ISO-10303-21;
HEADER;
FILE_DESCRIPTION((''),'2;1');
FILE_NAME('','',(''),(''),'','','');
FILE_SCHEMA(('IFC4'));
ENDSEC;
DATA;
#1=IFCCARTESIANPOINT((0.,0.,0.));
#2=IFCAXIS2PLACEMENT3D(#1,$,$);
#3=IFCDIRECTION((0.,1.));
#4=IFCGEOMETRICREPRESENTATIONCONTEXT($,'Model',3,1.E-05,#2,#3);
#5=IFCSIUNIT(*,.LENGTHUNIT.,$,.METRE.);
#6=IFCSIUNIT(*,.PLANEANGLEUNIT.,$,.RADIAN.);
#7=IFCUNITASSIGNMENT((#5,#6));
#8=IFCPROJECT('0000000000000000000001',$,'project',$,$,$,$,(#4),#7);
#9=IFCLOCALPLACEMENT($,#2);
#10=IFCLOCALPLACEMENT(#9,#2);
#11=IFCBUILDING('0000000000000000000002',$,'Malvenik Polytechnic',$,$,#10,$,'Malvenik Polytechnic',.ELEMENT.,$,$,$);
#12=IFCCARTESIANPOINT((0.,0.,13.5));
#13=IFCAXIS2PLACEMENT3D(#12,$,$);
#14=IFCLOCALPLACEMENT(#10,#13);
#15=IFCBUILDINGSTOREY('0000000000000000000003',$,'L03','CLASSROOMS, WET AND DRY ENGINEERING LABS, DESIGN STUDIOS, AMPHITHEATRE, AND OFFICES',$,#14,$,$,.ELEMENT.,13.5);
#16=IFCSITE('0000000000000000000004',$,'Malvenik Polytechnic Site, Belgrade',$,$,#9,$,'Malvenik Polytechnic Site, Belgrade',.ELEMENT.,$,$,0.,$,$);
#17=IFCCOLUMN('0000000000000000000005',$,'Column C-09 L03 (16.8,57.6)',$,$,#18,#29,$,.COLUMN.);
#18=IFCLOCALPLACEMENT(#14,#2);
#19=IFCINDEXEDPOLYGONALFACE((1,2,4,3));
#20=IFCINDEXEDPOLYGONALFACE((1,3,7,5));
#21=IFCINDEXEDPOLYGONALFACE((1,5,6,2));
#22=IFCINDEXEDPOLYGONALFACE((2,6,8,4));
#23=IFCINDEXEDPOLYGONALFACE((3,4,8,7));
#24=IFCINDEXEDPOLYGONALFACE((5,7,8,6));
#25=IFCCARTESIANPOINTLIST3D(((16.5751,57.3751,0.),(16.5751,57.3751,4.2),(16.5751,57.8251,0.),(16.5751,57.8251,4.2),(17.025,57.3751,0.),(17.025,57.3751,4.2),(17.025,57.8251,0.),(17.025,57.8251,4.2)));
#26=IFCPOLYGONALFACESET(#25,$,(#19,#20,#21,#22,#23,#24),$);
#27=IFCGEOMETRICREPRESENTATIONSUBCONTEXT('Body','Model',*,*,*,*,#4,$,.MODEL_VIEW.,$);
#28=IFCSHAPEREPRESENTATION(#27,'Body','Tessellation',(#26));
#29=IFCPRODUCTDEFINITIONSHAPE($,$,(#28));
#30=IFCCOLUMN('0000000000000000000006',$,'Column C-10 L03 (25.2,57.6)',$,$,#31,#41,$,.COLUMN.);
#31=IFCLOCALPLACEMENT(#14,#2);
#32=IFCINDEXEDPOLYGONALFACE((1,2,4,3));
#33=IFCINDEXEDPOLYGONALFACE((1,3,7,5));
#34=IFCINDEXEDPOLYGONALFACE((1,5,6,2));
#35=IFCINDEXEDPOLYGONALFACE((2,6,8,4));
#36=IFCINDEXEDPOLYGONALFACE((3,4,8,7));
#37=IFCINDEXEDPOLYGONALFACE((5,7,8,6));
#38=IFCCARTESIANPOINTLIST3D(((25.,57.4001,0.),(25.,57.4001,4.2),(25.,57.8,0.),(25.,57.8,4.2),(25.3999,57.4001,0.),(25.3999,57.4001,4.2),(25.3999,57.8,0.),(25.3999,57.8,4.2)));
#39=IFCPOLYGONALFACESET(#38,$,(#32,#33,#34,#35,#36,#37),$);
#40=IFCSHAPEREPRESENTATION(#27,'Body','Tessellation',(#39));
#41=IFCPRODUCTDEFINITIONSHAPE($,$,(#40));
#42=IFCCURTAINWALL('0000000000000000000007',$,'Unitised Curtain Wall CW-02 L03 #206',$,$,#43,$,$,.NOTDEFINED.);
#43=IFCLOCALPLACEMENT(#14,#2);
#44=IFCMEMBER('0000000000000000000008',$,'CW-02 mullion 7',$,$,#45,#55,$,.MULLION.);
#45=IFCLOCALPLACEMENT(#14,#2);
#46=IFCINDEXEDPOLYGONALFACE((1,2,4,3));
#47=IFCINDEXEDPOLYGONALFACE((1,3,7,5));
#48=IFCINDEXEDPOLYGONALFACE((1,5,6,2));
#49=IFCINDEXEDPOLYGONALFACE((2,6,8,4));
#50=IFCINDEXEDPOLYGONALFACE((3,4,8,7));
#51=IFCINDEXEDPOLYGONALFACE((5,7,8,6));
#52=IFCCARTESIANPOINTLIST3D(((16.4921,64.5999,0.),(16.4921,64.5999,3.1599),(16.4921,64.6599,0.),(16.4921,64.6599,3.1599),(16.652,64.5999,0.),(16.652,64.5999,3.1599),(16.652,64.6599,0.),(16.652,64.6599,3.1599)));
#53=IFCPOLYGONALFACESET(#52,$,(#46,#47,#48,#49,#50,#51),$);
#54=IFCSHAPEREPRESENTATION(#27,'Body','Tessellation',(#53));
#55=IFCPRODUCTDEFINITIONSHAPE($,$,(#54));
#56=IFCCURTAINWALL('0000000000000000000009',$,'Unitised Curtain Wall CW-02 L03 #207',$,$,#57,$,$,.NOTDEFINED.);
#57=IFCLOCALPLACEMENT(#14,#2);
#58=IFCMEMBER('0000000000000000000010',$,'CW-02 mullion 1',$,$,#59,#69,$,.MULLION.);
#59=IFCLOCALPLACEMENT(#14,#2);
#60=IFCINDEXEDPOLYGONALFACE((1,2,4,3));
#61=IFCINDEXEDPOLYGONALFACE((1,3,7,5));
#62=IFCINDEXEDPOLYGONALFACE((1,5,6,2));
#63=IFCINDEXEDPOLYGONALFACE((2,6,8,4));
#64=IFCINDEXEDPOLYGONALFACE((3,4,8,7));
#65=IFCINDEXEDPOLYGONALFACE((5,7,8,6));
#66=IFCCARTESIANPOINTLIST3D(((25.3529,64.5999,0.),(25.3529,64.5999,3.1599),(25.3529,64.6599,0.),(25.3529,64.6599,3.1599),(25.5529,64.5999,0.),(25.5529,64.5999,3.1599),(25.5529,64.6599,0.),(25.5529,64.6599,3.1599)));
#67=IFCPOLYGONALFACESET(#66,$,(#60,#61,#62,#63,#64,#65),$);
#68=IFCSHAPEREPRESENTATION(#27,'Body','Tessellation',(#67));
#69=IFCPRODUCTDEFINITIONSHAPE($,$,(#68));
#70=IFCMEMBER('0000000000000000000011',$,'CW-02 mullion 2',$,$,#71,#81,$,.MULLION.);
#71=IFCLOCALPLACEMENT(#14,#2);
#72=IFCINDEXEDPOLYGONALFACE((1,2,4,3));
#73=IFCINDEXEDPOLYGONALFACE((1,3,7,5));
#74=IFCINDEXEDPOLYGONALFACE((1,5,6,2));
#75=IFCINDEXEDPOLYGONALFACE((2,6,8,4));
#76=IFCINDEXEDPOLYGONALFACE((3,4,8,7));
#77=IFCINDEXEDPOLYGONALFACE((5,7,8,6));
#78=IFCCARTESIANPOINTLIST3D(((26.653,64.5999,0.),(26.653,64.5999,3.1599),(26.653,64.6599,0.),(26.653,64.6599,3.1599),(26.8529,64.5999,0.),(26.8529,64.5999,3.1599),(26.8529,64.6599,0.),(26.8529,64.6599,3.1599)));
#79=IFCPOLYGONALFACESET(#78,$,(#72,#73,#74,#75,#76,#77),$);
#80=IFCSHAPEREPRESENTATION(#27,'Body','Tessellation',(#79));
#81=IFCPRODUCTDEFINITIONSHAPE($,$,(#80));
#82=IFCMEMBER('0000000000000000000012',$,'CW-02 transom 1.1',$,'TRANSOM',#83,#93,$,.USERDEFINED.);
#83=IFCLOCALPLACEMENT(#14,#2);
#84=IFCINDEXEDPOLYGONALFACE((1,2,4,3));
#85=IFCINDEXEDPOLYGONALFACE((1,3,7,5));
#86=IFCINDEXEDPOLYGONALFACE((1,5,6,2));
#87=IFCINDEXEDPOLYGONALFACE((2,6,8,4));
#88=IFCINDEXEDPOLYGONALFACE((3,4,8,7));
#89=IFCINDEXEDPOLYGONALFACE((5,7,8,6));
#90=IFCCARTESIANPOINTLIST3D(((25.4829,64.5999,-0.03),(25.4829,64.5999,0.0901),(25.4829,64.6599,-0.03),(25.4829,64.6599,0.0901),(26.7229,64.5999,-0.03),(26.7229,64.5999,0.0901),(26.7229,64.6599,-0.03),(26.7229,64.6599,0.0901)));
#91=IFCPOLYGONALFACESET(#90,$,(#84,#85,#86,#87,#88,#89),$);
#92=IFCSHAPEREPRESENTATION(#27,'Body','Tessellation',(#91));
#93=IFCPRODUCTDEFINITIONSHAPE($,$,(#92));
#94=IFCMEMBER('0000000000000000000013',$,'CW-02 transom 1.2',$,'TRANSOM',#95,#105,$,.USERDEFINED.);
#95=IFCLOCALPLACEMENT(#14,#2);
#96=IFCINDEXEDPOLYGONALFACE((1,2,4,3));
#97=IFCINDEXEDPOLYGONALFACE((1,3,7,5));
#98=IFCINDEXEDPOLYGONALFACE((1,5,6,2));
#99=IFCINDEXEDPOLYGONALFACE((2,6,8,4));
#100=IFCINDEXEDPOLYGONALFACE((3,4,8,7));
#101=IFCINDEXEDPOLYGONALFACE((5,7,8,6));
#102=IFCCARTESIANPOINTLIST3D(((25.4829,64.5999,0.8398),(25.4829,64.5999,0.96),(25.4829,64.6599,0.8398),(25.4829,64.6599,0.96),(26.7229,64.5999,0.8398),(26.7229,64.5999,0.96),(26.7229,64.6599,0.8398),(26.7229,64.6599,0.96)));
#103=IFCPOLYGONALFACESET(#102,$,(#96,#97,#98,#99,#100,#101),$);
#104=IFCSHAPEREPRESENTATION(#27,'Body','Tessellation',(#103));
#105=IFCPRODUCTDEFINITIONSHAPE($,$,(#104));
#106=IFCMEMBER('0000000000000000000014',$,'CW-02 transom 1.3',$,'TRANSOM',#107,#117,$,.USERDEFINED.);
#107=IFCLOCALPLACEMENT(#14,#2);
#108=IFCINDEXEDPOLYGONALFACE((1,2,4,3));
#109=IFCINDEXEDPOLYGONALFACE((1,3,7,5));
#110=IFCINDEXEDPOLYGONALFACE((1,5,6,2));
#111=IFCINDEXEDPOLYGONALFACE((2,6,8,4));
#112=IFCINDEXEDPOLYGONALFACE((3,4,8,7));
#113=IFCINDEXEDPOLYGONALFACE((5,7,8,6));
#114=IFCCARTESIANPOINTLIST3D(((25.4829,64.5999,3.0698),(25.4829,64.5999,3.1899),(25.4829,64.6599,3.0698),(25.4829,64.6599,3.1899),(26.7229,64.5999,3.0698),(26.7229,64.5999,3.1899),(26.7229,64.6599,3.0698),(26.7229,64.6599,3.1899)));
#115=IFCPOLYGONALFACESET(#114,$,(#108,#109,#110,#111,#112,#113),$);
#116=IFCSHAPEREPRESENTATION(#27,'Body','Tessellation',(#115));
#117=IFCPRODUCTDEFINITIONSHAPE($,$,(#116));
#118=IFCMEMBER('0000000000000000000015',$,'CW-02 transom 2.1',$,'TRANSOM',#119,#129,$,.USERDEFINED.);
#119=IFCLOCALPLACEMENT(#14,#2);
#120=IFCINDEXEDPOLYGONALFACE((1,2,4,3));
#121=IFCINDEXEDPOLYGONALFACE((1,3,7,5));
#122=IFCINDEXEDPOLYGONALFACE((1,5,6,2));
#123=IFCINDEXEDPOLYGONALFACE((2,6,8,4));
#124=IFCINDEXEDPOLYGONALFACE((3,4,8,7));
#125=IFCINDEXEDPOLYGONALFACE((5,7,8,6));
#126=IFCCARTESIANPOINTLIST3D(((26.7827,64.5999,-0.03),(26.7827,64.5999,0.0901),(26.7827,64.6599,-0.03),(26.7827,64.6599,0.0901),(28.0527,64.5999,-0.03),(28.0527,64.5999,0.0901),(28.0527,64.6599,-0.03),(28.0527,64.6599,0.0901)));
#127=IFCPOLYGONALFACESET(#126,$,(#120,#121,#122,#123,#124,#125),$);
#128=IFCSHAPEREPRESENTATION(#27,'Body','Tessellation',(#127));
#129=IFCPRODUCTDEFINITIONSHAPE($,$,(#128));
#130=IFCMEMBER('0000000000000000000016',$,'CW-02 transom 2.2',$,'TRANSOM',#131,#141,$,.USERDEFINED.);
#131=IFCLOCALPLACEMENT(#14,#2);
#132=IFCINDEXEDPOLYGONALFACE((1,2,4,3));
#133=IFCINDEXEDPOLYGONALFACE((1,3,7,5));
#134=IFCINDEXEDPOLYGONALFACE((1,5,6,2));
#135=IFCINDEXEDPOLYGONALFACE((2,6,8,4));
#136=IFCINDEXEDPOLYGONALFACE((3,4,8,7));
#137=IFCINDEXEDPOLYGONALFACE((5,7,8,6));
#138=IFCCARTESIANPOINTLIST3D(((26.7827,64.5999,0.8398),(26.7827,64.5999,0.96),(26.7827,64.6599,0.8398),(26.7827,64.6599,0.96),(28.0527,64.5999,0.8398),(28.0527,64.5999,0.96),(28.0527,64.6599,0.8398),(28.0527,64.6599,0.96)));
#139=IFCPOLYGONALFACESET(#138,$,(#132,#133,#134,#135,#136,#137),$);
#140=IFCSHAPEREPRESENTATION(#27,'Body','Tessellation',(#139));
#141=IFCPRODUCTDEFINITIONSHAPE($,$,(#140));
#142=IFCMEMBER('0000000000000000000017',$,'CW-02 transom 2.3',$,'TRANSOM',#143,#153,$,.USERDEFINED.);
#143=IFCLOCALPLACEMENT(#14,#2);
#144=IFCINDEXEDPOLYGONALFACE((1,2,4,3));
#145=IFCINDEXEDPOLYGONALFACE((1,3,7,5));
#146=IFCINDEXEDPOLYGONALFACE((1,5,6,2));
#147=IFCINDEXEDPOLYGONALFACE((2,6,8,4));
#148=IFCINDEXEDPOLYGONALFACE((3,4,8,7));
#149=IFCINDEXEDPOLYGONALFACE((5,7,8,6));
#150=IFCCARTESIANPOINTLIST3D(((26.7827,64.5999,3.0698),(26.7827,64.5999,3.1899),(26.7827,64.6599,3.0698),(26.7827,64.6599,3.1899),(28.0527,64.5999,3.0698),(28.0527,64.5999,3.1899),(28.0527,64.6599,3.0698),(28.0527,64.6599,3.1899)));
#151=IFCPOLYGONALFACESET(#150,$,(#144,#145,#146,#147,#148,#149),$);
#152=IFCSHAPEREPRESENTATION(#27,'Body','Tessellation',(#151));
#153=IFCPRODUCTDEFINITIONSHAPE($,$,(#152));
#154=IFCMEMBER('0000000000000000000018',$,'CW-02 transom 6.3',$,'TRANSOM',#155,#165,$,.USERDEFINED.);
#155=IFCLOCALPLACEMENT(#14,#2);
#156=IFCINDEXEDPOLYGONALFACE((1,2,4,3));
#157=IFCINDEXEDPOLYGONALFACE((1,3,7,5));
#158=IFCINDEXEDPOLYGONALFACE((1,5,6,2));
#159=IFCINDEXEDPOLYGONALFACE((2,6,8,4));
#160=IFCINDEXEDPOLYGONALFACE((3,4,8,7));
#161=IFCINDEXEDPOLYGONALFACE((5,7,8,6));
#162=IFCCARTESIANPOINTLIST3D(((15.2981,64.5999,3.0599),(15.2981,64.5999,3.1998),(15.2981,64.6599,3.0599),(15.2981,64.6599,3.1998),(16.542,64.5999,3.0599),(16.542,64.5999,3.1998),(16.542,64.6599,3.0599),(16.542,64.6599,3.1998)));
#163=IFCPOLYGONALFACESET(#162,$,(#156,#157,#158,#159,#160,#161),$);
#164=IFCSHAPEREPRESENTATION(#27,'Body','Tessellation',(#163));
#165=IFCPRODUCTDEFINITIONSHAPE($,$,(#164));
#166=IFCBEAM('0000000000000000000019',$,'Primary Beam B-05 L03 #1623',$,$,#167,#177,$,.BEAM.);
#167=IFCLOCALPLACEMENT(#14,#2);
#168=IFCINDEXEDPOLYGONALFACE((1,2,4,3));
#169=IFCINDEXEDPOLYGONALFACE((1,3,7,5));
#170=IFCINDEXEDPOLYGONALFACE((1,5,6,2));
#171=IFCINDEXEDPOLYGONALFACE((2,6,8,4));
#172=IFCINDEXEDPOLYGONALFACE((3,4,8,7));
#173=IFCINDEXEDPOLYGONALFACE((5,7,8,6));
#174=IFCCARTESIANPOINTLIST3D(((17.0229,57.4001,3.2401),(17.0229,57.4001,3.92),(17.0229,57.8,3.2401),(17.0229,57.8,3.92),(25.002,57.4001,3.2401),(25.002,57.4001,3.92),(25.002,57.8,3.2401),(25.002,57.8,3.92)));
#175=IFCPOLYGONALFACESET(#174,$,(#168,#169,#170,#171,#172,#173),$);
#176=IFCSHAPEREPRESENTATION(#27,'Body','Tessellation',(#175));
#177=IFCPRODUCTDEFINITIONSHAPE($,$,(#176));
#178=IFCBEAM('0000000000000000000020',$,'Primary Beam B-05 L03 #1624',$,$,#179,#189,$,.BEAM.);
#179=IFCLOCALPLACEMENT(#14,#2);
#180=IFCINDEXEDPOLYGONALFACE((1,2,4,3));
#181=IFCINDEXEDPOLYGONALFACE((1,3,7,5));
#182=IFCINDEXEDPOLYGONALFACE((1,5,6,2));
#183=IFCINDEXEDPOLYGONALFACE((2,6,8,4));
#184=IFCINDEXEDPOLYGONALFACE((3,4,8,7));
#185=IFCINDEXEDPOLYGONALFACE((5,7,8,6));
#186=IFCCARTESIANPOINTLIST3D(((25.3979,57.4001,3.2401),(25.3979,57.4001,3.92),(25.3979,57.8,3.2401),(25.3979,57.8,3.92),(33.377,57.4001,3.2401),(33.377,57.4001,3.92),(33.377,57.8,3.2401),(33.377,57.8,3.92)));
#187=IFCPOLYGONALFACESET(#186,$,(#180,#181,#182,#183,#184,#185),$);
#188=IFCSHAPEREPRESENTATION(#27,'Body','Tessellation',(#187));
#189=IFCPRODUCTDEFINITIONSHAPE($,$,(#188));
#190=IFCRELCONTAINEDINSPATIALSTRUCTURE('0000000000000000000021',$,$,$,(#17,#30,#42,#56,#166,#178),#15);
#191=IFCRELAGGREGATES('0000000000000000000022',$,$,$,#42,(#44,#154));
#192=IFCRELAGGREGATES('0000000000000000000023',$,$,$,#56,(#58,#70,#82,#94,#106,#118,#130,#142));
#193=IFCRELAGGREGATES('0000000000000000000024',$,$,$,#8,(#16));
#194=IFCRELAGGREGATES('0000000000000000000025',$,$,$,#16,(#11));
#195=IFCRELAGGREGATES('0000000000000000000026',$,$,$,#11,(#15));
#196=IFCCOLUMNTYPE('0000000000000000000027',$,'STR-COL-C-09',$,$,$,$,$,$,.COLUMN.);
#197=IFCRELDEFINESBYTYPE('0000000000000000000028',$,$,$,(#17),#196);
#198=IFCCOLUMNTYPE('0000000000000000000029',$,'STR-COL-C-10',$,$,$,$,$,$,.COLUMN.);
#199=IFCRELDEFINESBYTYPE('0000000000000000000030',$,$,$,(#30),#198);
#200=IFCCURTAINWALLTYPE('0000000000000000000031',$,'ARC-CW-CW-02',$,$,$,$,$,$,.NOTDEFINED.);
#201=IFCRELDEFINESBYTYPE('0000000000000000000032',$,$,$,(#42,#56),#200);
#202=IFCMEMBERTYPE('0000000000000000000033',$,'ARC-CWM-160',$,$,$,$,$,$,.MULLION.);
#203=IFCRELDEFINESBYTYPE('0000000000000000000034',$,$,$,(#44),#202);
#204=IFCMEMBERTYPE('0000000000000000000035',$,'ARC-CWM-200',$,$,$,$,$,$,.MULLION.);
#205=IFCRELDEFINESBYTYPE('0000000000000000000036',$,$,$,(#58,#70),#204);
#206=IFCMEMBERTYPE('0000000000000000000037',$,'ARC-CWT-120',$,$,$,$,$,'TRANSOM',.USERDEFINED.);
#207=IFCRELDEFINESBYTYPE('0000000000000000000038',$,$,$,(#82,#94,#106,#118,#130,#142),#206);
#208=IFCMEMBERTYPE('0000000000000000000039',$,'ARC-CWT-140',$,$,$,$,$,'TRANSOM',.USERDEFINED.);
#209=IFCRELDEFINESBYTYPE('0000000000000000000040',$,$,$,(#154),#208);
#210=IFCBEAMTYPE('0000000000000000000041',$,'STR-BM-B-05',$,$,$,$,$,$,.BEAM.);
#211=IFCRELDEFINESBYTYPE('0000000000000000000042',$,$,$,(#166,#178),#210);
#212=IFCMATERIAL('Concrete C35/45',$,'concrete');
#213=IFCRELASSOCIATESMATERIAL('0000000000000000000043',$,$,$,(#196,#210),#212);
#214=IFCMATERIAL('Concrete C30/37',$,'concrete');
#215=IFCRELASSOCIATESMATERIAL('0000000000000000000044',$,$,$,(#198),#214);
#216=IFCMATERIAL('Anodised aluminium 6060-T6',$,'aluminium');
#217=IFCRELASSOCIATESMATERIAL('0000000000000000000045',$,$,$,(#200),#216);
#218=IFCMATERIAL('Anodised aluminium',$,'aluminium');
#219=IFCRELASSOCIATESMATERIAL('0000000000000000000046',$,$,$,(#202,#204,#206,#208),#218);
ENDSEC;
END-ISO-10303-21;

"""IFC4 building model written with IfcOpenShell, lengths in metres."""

from ifc_helpers import new_model, si_unit, direction, frame, origin, origin_2d, place, context, subcontext, project, spatial, rectangle, extrude, material, material_profile, profile_set, type_object, element, aggregate, save


model = new_model("IFC4")

# Units and contexts
model_context = context("Model", 3, precision=1e-05, world=origin(), true_north=direction((0.0, 1.0)))
body_context = subcontext(model_context, "Body", "Model", "MODEL_VIEW")
ifc_project = project(units=[si_unit("LENGTHUNIT", "METRE"), si_unit("PLANEANGLEUNIT", "RADIAN")], contexts=[model_context])

# Site, building, storey
site_placement = place(None, origin())
site = spatial("IfcSite", under=ifc_project, at=site_placement, Name="Malvenik Polytechnic Site, Belgrade", LongName="Malvenik Polytechnic Site, Belgrade", CompositionType="ELEMENT", RefElevation=0.0)
building_placement = place(site_placement, origin())
building = spatial("IfcBuilding", under=site, at=building_placement, Name="Malvenik Polytechnic", LongName="Malvenik Polytechnic", CompositionType="ELEMENT")
storey_placement = place(building_placement, frame((0.0, 0.0, 13.5)))
storey = spatial("IfcBuildingStorey", under=building, at=storey_placement, Name="L03", Description="CLASSROOMS, WET AND DRY ENGINEERING LABS, DESIGN STUDIOS, AMPHITHEATRE, AND OFFICES", CompositionType="ELEMENT", Elevation=13.5)

# Columns
ifc_material_1 = material(Name="Concrete C35/45", Category="concrete")
ifc_material_profile_1 = material_profile(ifc_material_1, rectangle(XDim=0.45, YDim=0.45, at=origin_2d()), Name="RC COL 450x450")
ifc_profile_set_1 = profile_set([ifc_material_profile_1], Name="Concrete C35/45")
column_type_1 = type_object("IfcColumnType", Name="STR-COL-C-09", PredefinedType="COLUMN", material=ifc_profile_set_1)
column_1_placement = place(storey_placement, frame((16.8, 57.6001, 0.0), z_axis=(0.0, 0.0, 1.0), x_axis=(1.0, 0.0, 0.0)))
element("IfcColumn", 1, at=column_1_placement, inside=storey, type_object=column_type_1, Name="Column C-09 L03 (16.8,57.6)", PredefinedType="COLUMN", context=body_context, shape_type="SweptSolid", body=[
    extrude(rectangle(XDim=0.45, YDim=0.45, at=origin_2d()), origin(), (0.0, 0.0, 1.0), 4.2),
])
ifc_material_2 = material(Name="Concrete C30/37", Category="concrete")
ifc_material_profile_2 = material_profile(ifc_material_2, rectangle(XDim=0.3999, YDim=0.3999, at=origin_2d()), Name="RC COL 400x400")
ifc_profile_set_2 = profile_set([ifc_material_profile_2], Name="Concrete C30/37")
column_type_2 = type_object("IfcColumnType", Name="STR-COL-C-10", PredefinedType="COLUMN", material=ifc_profile_set_2)
column_2_placement = place(storey_placement, frame((25.2, 57.6001, 0.0), z_axis=(0.0, 0.0, 1.0), x_axis=(1.0, 0.0, 0.0)))
element("IfcColumn", 2, at=column_2_placement, inside=storey, type_object=column_type_2, Name="Column C-10 L03 (25.2,57.6)", PredefinedType="COLUMN", context=body_context, shape_type="SweptSolid", body=[
    extrude(rectangle(XDim=0.3999, YDim=0.3999, at=origin_2d()), origin(), (0.0, 0.0, 1.0), 4.2),
])

# Curtain wall, member
ifc_material_3 = material(Name="Anodised aluminium 6060-T6", Category="aluminium")
curtain_wall_type = type_object("IfcCurtainWallType", Name="ARC-CW-CW-02", PredefinedType="NOTDEFINED", material=ifc_material_3)
curtain_wall_1_placement = place(storey_placement, origin())
curtain_wall_1 = element("IfcCurtainWall", 3, at=curtain_wall_1_placement, inside=storey, type_object=curtain_wall_type, Name="Unitised Curtain Wall CW-02 L03 #206", PredefinedType="NOTDEFINED")
ifc_material_4 = material(Name="Anodised aluminium", Category="aluminium")
ifc_material_profile_3 = material_profile(ifc_material_4, rectangle(XDim=0.0601, YDim=0.1599, at=origin_2d()), Name="ALU MULLION 60x160")
ifc_profile_set_3 = profile_set([ifc_material_profile_3], Name="Anodised aluminium")
member_type_1 = type_object("IfcMemberType", Name="ARC-CWM-160", PredefinedType="MULLION", material=ifc_profile_set_3)
member_1_placement = place(storey_placement, frame((16.572, 64.6299, 0.0), z_axis=(0.0, 0.0, 1.0), x_axis=(0.0, 1.0, 0.0)))
member_1 = element("IfcMember", 4, at=member_1_placement, type_object=member_type_1, Name="CW-02 mullion 7", PredefinedType="MULLION", context=body_context, shape_type="SweptSolid", body=[
    extrude(rectangle(XDim=0.0601, YDim=0.1599, at=origin_2d()), origin(), (0.0, 0.0, 1.0), 3.1599),
])

# Curtain wall, members
curtain_wall_2_placement = place(storey_placement, origin())
curtain_wall_2 = element("IfcCurtainWall", 5, at=curtain_wall_2_placement, inside=storey, type_object=curtain_wall_type, Name="Unitised Curtain Wall CW-02 L03 #207", PredefinedType="NOTDEFINED")
ifc_material_profile_4 = material_profile(ifc_material_4, rectangle(XDim=0.0601, YDim=0.2, at=origin_2d()), Name="ALU MULLION 60x200")
ifc_profile_set_4 = profile_set([ifc_material_profile_4], Name="Anodised aluminium")
member_type_2 = type_object("IfcMemberType", Name="ARC-CWM-200", PredefinedType="MULLION", material=ifc_profile_set_4)
member_2_placement = place(storey_placement, frame((25.4529, 64.6299, 0.0), z_axis=(0.0, 0.0, 1.0), x_axis=(0.0, 1.0, 0.0)))
member_2 = element("IfcMember", 6, at=member_2_placement, type_object=member_type_2, Name="CW-02 mullion 1", PredefinedType="MULLION", context=body_context, shape_type="SweptSolid", body=[
    extrude(rectangle(XDim=0.0601, YDim=0.2, at=origin_2d()), origin(), (0.0, 0.0, 1.0), 3.1599),
])
member_3_placement = place(storey_placement, frame((26.7529, 64.6299, 0.0), z_axis=(0.0, 0.0, 1.0), x_axis=(0.0, 1.0, 0.0)))
member_3 = element("IfcMember", 7, at=member_3_placement, type_object=member_type_2, Name="CW-02 mullion 2", PredefinedType="MULLION", context=body_context, shape_type="SweptSolid", body=[
    extrude(rectangle(XDim=0.0601, YDim=0.2, at=origin_2d()), origin(), (0.0, 0.0, 1.0), 3.1599),
])
ifc_material_profile_5 = material_profile(ifc_material_4, rectangle(XDim=0.0601, YDim=0.1201, at=origin_2d()), Name="ALU TRANSOM 60x120")
ifc_profile_set_5 = profile_set([ifc_material_profile_5], Name="Anodised aluminium")
member_type_3 = type_object("IfcMemberType", Name="ARC-CWT-120", ElementType="TRANSOM", PredefinedType="USERDEFINED", material=ifc_profile_set_5)
member_4_placement = place(storey_placement, frame((25.4829, 64.6299, 0.03), z_axis=(1.0, 0.0, 0.0), x_axis=(0.0, 1.0, 0.0)))
member_4 = element("IfcMember", 8, at=member_4_placement, type_object=member_type_3, Name="CW-02 transom 1.1", ObjectType="TRANSOM", PredefinedType="USERDEFINED", context=body_context, shape_type="SweptSolid", body=[
    extrude(rectangle(XDim=0.0601, YDim=0.1201, at=origin_2d()), origin(), (0.0, 0.0, 1.0), 1.24),
])
member_5_placement = place(storey_placement, frame((25.4829, 64.6299, 0.8999), z_axis=(1.0, 0.0, 0.0), x_axis=(0.0, 1.0, 0.0)))
member_5 = element("IfcMember", 9, at=member_5_placement, type_object=member_type_3, Name="CW-02 transom 1.2", ObjectType="TRANSOM", PredefinedType="USERDEFINED", context=body_context, shape_type="SweptSolid", body=[
    extrude(rectangle(XDim=0.0601, YDim=0.1201, at=origin_2d()), origin(), (0.0, 0.0, 1.0), 1.24),
])
member_6_placement = place(storey_placement, frame((25.4829, 64.6299, 3.1299), z_axis=(1.0, 0.0, 0.0), x_axis=(0.0, 1.0, 0.0)))
member_6 = element("IfcMember", 10, at=member_6_placement, type_object=member_type_3, Name="CW-02 transom 1.3", ObjectType="TRANSOM", PredefinedType="USERDEFINED", context=body_context, shape_type="SweptSolid", body=[
    extrude(rectangle(XDim=0.0601, YDim=0.1201, at=origin_2d()), origin(), (0.0, 0.0, 1.0), 1.24),
])
member_7_placement = place(storey_placement, frame((26.7827, 64.6299, 0.03), z_axis=(1.0, 0.0, 0.0), x_axis=(0.0, 1.0, 0.0)))
member_7 = element("IfcMember", 11, at=member_7_placement, type_object=member_type_3, Name="CW-02 transom 2.1", ObjectType="TRANSOM", PredefinedType="USERDEFINED", context=body_context, shape_type="SweptSolid", body=[
    extrude(rectangle(XDim=0.0601, YDim=0.1201, at=origin_2d()), origin(), (0.0, 0.0, 1.0), 1.27),
])
member_8_placement = place(storey_placement, frame((26.7827, 64.6299, 0.8999), z_axis=(1.0, 0.0, 0.0), x_axis=(0.0, 1.0, 0.0)))
member_8 = element("IfcMember", 12, at=member_8_placement, type_object=member_type_3, Name="CW-02 transom 2.2", ObjectType="TRANSOM", PredefinedType="USERDEFINED", context=body_context, shape_type="SweptSolid", body=[
    extrude(rectangle(XDim=0.0601, YDim=0.1201, at=origin_2d()), origin(), (0.0, 0.0, 1.0), 1.27),
])
member_9_placement = place(storey_placement, frame((26.7827, 64.6299, 3.1299), z_axis=(1.0, 0.0, 0.0), x_axis=(0.0, 1.0, 0.0)))
member_9 = element("IfcMember", 13, at=member_9_placement, type_object=member_type_3, Name="CW-02 transom 2.3", ObjectType="TRANSOM", PredefinedType="USERDEFINED", context=body_context, shape_type="SweptSolid", body=[
    extrude(rectangle(XDim=0.0601, YDim=0.1201, at=origin_2d()), origin(), (0.0, 0.0, 1.0), 1.27),
])

# Member
ifc_material_profile_6 = material_profile(ifc_material_4, rectangle(XDim=0.0601, YDim=0.1399, at=origin_2d()), Name="ALU TRANSOM 60x140")
ifc_profile_set_6 = profile_set([ifc_material_profile_6], Name="Anodised aluminium")
member_type_4 = type_object("IfcMemberType", Name="ARC-CWT-140", ElementType="TRANSOM", PredefinedType="USERDEFINED", material=ifc_profile_set_6)
member_10_placement = place(storey_placement, frame((15.2981, 64.6299, 3.1299), z_axis=(1.0, 0.0, 0.0), x_axis=(0.0, 1.0, 0.0)))
member_10 = element("IfcMember", 14, at=member_10_placement, type_object=member_type_4, Name="CW-02 transom 6.3", ObjectType="TRANSOM", PredefinedType="USERDEFINED", context=body_context, shape_type="SweptSolid", body=[
    extrude(rectangle(XDim=0.0601, YDim=0.1399, at=origin_2d()), origin(), (0.0, 0.0, 1.0), 1.2439),
])

# Beams
ifc_material_profile_7 = material_profile(ifc_material_1, rectangle(XDim=0.3999, YDim=0.6799, at=origin_2d()), Name="RC BM 400x680")
ifc_profile_set_7 = profile_set([ifc_material_profile_7], Name="Concrete C35/45")
beam_type_1 = type_object("IfcBeamType", Name="STR-BM-B-05", PredefinedType="BEAM", material=ifc_profile_set_7)
for number, where, z_axis, x_axis, name in (
    (15, (17.0229, 57.6001, 3.5801), (1.0, 0.0, 0.0), (0.0, 1.0, 0.0), "Primary Beam B-05 L03 #1623"),
    (16, (25.3979, 57.6001, 3.5801), (1.0, 0.0, 0.0), (0.0, 1.0, 0.0), "Primary Beam B-05 L03 #1624"),
):
    element("IfcBeam", number, at=place(storey_placement, frame(where, z_axis=z_axis, x_axis=x_axis)), inside=storey, type_object=beam_type_1, Name=name, PredefinedType="BEAM", context=body_context, shape_type="SweptSolid", body=[
        extrude(rectangle(XDim=0.3999, YDim=0.6799, at=origin_2d()), origin(), (0.0, 0.0, 1.0), 7.979),
    ])

aggregate(curtain_wall_1, [member_1, member_10])
aggregate(curtain_wall_2, [member_2, member_3, member_4, member_5, member_6, member_7, member_8, member_9])

save(model, "model.ifc")
